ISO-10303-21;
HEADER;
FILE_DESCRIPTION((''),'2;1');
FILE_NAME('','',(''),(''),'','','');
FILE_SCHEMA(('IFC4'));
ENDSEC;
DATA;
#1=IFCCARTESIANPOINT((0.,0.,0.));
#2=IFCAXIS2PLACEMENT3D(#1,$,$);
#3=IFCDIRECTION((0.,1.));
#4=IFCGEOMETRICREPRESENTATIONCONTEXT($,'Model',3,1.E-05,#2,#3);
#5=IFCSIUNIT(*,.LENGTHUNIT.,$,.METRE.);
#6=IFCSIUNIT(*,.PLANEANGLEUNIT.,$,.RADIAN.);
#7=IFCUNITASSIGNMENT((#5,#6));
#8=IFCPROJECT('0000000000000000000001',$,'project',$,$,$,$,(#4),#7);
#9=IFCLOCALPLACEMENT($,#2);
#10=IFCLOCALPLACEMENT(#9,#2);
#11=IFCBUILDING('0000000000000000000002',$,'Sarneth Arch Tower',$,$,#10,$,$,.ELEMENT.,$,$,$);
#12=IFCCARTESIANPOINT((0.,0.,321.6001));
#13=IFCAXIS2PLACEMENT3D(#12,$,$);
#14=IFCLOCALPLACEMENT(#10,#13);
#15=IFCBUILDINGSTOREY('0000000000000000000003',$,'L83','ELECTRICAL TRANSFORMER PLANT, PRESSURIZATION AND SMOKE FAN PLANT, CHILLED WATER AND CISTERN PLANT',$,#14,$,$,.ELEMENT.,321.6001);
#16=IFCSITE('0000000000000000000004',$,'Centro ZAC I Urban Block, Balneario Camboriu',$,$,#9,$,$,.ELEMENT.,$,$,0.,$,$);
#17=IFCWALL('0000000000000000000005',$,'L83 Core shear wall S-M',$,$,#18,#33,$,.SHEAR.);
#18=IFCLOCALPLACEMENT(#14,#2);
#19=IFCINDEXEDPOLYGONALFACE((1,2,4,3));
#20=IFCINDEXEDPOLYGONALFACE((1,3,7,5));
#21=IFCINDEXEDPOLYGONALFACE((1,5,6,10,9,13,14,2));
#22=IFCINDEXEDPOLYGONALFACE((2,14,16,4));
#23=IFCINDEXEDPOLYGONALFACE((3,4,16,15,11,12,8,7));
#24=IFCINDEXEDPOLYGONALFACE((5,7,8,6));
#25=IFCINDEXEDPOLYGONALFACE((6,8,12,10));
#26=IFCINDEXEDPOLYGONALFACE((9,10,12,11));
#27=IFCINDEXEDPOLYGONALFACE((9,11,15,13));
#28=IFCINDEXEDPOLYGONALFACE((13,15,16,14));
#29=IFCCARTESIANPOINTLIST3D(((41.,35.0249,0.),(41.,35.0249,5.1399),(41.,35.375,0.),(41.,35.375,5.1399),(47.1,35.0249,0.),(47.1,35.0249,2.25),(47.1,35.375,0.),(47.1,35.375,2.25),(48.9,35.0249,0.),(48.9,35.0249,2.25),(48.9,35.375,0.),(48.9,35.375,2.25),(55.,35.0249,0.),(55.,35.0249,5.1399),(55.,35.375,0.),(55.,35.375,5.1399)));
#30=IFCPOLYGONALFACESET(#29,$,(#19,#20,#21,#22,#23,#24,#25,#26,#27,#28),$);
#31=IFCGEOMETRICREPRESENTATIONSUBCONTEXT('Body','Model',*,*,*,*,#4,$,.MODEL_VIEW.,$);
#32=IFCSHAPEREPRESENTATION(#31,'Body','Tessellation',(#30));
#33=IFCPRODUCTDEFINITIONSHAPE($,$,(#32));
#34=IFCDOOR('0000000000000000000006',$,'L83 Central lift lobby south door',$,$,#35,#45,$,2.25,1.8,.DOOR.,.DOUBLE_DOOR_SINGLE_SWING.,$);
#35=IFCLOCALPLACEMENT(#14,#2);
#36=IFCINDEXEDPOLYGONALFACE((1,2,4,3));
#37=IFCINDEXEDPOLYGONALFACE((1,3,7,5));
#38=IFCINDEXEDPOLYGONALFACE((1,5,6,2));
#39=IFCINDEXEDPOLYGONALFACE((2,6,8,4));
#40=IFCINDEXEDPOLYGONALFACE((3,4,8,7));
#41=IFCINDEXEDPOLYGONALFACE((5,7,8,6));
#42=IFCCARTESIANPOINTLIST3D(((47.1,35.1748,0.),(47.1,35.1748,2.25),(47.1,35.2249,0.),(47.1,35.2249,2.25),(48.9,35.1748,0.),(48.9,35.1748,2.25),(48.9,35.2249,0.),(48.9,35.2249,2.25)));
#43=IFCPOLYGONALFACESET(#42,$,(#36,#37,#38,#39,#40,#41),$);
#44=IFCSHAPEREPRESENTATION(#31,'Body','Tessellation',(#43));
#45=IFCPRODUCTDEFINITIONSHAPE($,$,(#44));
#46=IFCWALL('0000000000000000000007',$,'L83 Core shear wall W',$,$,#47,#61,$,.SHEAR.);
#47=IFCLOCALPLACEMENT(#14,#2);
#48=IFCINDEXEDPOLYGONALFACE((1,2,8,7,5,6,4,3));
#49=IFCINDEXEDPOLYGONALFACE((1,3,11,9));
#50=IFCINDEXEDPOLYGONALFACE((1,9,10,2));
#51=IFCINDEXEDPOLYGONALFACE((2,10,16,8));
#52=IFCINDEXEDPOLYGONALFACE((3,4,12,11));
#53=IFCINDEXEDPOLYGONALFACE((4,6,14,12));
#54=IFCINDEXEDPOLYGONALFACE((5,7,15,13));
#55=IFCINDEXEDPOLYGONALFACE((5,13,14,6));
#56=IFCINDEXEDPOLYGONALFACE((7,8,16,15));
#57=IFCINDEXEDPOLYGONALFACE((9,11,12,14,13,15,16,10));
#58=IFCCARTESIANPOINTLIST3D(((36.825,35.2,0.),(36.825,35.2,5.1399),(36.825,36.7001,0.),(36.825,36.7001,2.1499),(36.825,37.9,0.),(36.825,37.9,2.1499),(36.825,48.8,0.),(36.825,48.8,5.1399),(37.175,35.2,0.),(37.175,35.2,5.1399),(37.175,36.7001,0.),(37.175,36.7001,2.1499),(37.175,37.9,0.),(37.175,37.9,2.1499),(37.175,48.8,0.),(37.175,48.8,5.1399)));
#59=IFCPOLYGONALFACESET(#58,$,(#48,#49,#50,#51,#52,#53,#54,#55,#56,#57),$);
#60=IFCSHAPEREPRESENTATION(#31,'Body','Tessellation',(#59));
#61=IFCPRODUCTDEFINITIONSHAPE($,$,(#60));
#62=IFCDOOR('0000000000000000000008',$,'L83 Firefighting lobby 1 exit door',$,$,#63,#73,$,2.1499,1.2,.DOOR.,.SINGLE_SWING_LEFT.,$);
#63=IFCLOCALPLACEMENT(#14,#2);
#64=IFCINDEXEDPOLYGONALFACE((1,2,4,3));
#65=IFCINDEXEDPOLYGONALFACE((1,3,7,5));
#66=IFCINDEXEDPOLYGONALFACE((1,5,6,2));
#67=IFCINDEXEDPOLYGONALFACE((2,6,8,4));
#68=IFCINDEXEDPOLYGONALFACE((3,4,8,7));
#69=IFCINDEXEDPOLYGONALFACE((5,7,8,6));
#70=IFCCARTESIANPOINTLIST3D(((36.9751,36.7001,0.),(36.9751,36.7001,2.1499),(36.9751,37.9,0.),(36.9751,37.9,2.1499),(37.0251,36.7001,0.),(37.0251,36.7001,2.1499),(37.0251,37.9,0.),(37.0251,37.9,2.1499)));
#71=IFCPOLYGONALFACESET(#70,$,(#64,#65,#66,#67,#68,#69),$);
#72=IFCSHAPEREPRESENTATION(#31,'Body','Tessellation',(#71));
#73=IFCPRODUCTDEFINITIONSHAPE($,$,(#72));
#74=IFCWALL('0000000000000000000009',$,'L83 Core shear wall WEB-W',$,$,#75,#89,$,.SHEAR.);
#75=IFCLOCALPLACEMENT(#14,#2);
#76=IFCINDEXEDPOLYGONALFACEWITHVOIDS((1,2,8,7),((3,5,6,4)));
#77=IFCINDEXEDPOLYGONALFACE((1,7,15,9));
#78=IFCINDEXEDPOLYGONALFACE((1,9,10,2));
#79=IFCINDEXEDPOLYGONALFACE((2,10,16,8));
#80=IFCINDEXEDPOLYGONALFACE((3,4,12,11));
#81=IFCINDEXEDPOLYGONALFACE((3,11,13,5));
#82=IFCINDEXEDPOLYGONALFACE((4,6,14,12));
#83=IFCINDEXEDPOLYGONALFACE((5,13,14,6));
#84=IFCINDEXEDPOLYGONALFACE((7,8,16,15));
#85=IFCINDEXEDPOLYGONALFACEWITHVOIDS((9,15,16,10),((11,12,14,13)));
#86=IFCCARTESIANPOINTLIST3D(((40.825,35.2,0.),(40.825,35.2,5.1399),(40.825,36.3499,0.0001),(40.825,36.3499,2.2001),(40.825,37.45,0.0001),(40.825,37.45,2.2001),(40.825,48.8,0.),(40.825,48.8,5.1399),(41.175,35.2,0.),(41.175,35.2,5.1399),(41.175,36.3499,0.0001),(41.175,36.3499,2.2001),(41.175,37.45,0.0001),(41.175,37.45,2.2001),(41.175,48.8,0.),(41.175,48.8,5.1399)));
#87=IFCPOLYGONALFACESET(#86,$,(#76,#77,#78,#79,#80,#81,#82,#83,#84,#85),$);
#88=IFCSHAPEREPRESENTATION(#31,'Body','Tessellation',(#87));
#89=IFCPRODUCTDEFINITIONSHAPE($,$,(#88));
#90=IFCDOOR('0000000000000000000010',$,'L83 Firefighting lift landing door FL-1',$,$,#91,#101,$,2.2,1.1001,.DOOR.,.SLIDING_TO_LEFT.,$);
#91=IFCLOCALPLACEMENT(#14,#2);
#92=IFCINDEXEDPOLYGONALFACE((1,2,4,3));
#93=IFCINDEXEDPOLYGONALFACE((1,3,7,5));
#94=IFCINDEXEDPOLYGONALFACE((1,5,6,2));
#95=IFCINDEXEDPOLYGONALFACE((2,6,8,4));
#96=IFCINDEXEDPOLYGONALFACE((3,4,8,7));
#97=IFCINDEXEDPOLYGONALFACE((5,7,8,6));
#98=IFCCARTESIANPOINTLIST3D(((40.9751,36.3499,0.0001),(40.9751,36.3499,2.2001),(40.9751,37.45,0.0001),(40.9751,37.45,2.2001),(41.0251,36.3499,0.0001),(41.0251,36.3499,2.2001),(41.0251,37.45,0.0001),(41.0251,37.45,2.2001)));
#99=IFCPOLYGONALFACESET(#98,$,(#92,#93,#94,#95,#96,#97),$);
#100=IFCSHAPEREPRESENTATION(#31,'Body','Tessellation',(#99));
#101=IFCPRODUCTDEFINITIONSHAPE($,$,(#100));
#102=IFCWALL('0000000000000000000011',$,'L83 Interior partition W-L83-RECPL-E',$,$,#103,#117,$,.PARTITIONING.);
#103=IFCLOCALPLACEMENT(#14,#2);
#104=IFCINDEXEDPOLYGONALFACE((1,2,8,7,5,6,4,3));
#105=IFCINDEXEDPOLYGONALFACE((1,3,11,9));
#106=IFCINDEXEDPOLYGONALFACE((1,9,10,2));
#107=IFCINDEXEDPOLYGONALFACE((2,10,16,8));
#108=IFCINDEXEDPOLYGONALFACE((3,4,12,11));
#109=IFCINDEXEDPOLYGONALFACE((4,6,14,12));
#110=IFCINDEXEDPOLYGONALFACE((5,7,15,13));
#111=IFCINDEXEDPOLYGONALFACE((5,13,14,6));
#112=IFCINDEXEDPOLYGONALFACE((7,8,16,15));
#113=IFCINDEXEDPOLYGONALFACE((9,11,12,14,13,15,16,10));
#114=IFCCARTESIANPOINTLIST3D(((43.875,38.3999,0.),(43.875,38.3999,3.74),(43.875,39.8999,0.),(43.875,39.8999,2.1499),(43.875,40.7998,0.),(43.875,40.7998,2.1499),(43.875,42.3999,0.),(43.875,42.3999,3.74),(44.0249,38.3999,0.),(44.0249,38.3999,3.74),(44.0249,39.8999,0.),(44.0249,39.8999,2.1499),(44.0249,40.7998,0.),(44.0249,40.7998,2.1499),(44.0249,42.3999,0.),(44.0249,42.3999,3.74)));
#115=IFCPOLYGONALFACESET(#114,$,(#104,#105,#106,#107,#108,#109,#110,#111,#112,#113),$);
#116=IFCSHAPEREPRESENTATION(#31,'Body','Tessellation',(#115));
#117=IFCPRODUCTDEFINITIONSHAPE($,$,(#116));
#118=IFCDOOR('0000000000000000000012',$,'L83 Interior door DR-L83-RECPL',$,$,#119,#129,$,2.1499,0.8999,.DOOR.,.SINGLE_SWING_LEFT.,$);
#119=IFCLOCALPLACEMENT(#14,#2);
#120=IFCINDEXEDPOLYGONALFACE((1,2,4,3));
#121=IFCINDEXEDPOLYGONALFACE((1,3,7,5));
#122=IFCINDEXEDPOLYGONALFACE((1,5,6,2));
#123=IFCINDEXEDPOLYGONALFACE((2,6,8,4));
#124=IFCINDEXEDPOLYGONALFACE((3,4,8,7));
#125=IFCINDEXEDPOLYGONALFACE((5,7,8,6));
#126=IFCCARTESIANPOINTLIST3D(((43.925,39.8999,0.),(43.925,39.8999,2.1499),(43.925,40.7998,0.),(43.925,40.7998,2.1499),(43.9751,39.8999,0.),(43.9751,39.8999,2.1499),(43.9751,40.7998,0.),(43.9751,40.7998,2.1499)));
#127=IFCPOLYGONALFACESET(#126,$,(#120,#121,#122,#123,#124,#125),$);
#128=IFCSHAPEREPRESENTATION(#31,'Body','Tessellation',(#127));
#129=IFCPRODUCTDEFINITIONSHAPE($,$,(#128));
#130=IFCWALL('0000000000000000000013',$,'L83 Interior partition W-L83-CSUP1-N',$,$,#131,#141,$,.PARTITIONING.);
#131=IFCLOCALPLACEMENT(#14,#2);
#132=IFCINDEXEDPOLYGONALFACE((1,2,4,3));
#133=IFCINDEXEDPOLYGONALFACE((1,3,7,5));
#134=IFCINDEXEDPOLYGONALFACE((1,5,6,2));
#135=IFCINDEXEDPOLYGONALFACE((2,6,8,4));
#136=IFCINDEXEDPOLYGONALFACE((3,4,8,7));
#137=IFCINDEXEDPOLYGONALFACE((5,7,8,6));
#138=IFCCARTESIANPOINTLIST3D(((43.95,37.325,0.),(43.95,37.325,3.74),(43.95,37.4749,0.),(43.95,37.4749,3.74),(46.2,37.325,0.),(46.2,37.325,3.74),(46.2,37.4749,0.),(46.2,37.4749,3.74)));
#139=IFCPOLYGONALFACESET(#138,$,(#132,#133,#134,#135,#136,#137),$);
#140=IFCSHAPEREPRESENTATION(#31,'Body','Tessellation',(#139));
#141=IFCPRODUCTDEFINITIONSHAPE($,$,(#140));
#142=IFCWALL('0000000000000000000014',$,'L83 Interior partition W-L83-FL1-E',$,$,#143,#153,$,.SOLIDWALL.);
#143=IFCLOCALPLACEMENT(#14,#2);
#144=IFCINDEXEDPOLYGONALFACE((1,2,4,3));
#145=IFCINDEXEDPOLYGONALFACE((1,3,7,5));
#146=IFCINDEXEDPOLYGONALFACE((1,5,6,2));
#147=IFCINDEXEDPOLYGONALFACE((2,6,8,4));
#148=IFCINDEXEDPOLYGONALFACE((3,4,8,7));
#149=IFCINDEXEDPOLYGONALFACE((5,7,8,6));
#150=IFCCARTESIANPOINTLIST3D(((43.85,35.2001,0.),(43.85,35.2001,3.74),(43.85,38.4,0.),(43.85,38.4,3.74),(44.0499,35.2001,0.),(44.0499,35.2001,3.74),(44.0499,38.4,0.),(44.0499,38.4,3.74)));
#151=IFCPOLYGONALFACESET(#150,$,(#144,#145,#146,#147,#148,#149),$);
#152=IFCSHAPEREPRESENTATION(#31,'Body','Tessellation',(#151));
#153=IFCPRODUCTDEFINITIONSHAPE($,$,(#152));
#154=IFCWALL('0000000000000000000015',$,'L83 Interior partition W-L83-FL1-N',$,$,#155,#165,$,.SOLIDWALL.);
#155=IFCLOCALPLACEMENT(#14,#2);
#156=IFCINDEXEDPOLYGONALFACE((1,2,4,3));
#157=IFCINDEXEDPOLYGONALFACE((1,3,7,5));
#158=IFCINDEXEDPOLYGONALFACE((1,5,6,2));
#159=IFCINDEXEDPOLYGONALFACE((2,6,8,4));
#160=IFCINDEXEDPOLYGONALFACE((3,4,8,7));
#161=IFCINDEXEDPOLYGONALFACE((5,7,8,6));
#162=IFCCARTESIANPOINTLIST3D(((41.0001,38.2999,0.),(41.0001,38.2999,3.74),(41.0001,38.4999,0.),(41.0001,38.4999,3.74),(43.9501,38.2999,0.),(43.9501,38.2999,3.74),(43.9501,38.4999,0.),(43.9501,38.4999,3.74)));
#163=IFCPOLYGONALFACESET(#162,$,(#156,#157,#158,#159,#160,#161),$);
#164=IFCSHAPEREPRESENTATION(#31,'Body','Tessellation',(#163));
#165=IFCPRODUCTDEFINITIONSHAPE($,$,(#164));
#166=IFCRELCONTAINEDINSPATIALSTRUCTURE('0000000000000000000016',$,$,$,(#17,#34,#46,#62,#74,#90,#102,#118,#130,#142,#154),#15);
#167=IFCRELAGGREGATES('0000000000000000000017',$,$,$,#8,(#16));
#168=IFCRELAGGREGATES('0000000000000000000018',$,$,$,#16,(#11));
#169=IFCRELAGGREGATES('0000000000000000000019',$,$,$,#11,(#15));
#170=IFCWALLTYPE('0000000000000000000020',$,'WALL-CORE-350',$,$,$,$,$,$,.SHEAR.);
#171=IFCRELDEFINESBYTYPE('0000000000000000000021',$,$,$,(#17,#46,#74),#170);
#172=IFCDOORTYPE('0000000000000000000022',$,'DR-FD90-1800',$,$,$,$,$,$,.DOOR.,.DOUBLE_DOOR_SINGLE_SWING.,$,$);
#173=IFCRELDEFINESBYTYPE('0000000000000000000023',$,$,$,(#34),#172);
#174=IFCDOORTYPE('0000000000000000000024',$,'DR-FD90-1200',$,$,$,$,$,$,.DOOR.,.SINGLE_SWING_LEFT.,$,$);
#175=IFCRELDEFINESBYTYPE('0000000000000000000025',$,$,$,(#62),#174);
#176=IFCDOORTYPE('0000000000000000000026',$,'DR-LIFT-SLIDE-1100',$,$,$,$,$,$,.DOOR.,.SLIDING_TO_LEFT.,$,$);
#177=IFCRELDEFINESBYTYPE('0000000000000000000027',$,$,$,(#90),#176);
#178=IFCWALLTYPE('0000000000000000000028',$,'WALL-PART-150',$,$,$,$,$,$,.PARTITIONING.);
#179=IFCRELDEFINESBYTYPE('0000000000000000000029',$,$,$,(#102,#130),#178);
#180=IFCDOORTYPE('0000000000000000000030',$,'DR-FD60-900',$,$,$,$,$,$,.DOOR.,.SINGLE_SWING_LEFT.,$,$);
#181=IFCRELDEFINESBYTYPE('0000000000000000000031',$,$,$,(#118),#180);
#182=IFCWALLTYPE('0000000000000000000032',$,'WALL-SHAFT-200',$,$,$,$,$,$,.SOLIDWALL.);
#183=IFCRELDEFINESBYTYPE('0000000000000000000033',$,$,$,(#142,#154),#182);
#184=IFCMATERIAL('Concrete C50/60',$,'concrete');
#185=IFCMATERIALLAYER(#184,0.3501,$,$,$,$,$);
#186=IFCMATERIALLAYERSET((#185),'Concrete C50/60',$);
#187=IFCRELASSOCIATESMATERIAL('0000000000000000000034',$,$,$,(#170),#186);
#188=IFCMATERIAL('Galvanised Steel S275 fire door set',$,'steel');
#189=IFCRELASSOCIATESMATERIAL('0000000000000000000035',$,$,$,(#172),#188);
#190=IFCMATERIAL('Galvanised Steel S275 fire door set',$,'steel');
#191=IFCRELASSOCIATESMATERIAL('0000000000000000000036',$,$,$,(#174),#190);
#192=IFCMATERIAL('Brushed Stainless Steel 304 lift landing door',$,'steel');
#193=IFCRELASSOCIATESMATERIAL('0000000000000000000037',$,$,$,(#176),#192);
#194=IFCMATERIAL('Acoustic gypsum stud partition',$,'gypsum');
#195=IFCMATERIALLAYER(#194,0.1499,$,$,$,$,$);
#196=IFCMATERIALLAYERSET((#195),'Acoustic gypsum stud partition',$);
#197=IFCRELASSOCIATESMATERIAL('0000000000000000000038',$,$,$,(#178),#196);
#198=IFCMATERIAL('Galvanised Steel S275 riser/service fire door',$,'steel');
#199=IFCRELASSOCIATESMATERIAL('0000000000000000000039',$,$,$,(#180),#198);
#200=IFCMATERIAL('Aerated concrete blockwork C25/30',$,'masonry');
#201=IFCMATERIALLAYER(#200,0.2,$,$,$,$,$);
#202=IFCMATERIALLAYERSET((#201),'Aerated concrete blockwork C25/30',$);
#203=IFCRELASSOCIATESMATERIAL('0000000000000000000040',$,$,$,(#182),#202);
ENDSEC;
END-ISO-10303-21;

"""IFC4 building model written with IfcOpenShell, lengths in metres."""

from ifc_helpers import new_model, si_unit, direction, frame, frame_2d, origin, place, context, subcontext, project, spatial, rectangle, extrude, material, layer, layer_set, type_object, element, fill, save


model = new_model("IFC4")

# Units and contexts
model_context = context("Model", 3, precision=1e-05, world=origin(), true_north=direction((0.0, 1.0)))
body_context = subcontext(model_context, "Body", "Model", "MODEL_VIEW")
ifc_project = project(units=[si_unit("LENGTHUNIT", "METRE"), si_unit("PLANEANGLEUNIT", "RADIAN")], contexts=[model_context])

# Site, building, storey
site_placement = place(None, origin())
site = spatial("IfcSite", under=ifc_project, at=site_placement, Name="Centro ZAC I Urban Block, Balneario Camboriu", CompositionType="ELEMENT", RefElevation=0.0)
building_placement = place(site_placement, origin())
building = spatial("IfcBuilding", under=site, at=building_placement, Name="Sarneth Arch Tower", CompositionType="ELEMENT")
storey_placement = place(building_placement, frame((0.0, 0.0, 321.6001)))
storey = spatial("IfcBuildingStorey", under=building, at=storey_placement, Name="L83", Description="ELECTRICAL TRANSFORMER PLANT, PRESSURIZATION AND SMOKE FAN PLANT, CHILLED WATER AND CISTERN PLANT", CompositionType="ELEMENT", Elevation=321.6001)

# Walls, openings, doors
ifc_material_1 = material(Name="Concrete C50/60", Category="concrete")
ifc_layer_1 = layer(ifc_material_1, 0.3501)
ifc_layer_set_1 = layer_set([ifc_layer_1], Name="Concrete C50/60")
wall_type_1 = type_object("IfcWallType", Name="WALL-CORE-350", PredefinedType="SHEAR", material=ifc_layer_set_1)
wall_1_placement = place(storey_placement, frame((41.0, 35.2, 0.0), z_axis=(0.0, 0.0, 1.0), x_axis=(1.0, 0.0, 0.0)))
wall_1 = element("IfcWall", 1, at=wall_1_placement, inside=storey, type_object=wall_type_1, Name="L83 Core shear wall S-M", PredefinedType="SHEAR", context=body_context, shape_type="SweptSolid", body=[
    extrude(rectangle(XDim=14.0, YDim=0.3501, at=frame_2d((7.0, 0.0))), origin(), (0.0, 0.0, 1.0), 5.1399),
])
opening_1_placement = place(wall_1_placement, frame((6.1001, 0.0, 0.0)))
opening_1 = element("IfcOpeningElement", 2, at=opening_1_placement, cuts=wall_1, PredefinedType="OPENING", context=body_context, shape_type="SweptSolid", body=[
    extrude(rectangle(XDim=1.8, YDim=2.25, at=frame_2d((0.8999, 1.125))), frame((0.0, 0.1851, 0.0), z_axis=(0.0, -1.0, 0.0), x_axis=(1.0, 0.0, 0.0)), (0.0, 0.0, 1.0), 0.3701),
])
ifc_material_2 = material(Name="Galvanised Steel S275 fire door set", Category="steel")
door_type_1 = type_object("IfcDoorType", Name="DR-FD90-1800", OperationType="DOUBLE_DOOR_SINGLE_SWING", PredefinedType="DOOR", material=ifc_material_2)
door_1_placement = place(opening_1_placement, origin())
door_1 = element("IfcDoor", 3, at=door_1_placement, inside=storey, type_object=door_type_1, Name="L83 Central lift lobby south door", OperationType="DOUBLE_DOOR_SINGLE_SWING", OverallHeight=2.25, OverallWidth=1.8, PredefinedType="DOOR", context=body_context, shape_type="SweptSolid", body=[
    extrude(rectangle(XDim=1.8, YDim=2.25, at=frame_2d((0.8999, 1.125))), frame((0.0, 0.0249, 0.0), z_axis=(0.0, -1.0, 0.0), x_axis=(1.0, 0.0, 0.0)), (0.0, 0.0, 1.0), 0.05),
])
fill(opening_1, door_1)
wall_2_placement = place(storey_placement, frame((37.0, 35.2, 0.0), z_axis=(0.0, 0.0, 1.0), x_axis=(0.0, 1.0, 0.0)))
wall_2 = element("IfcWall", 4, at=wall_2_placement, inside=storey, type_object=wall_type_1, Name="L83 Core shear wall W", PredefinedType="SHEAR", context=body_context, shape_type="SweptSolid", body=[
    extrude(rectangle(XDim=13.6001, YDim=0.3501, at=frame_2d((6.8, 0.0))), origin(), (0.0, 0.0, 1.0), 5.1399),
])
opening_2_placement = place(wall_2_placement, frame((1.5, 0.0, 0.0)))
opening_2 = element("IfcOpeningElement", 5, at=opening_2_placement, cuts=wall_2, PredefinedType="OPENING", context=body_context, shape_type="SweptSolid", body=[
    extrude(rectangle(XDim=1.2, YDim=2.1499, at=frame_2d((0.6001, 1.075))), frame((0.0, 0.1851, 0.0), z_axis=(0.0, -1.0, 0.0), x_axis=(1.0, 0.0, 0.0)), (0.0, 0.0, 1.0), 0.3701),
])
ifc_material_3 = material(Name="Galvanised Steel S275 fire door set", Category="steel")
door_type_2 = type_object("IfcDoorType", Name="DR-FD90-1200", OperationType="SINGLE_SWING_LEFT", PredefinedType="DOOR", material=ifc_material_3)
door_2_placement = place(opening_2_placement, origin())
door_2 = element("IfcDoor", 6, at=door_2_placement, inside=storey, type_object=door_type_2, Name="L83 Firefighting lobby 1 exit door", OperationType="SINGLE_SWING_LEFT", OverallHeight=2.1499, OverallWidth=1.2, PredefinedType="DOOR", context=body_context, shape_type="SweptSolid", body=[
    extrude(rectangle(XDim=1.2, YDim=2.1499, at=frame_2d((0.6001, 1.075))), frame((0.0, 0.0249, 0.0), z_axis=(0.0, -1.0, 0.0), x_axis=(1.0, 0.0, 0.0)), (0.0, 0.0, 1.0), 0.05),
])
fill(opening_2, door_2)
wall_3_placement = place(storey_placement, frame((41.0, 35.2, 0.0), z_axis=(0.0, 0.0, 1.0), x_axis=(0.0, 1.0, 0.0)))
wall_3 = element("IfcWall", 7, at=wall_3_placement, inside=storey, type_object=wall_type_1, Name="L83 Core shear wall WEB-W", PredefinedType="SHEAR", context=body_context, shape_type="SweptSolid", body=[
    extrude(rectangle(XDim=13.6001, YDim=0.3501, at=frame_2d((6.8, 0.0))), origin(), (0.0, 0.0, 1.0), 5.1399),
])
opening_3_placement = place(wall_3_placement, frame((1.1499, 0.0, 0.0)))
opening_3 = element("IfcOpeningElement", 8, at=opening_3_placement, cuts=wall_3, PredefinedType="OPENING", context=body_context, shape_type="SweptSolid", body=[
    extrude(rectangle(XDim=1.1001, YDim=2.2, at=frame_2d((0.55, 1.1001))), frame((0.0, 0.1851, 0.0), z_axis=(0.0, -1.0, 0.0), x_axis=(1.0, 0.0, 0.0)), (0.0, 0.0, 1.0), 0.3701),
])
ifc_material_4 = material(Name="Brushed Stainless Steel 304 lift landing door", Category="steel")
door_type_3 = type_object("IfcDoorType", Name="DR-LIFT-SLIDE-1100", OperationType="SLIDING_TO_LEFT", PredefinedType="DOOR", material=ifc_material_4)
door_3_placement = place(opening_3_placement, origin())
door_3 = element("IfcDoor", 9, at=door_3_placement, inside=storey, type_object=door_type_3, Name="L83 Firefighting lift landing door FL-1", OperationType="SLIDING_TO_LEFT", OverallHeight=2.2, OverallWidth=1.1001, PredefinedType="DOOR", context=body_context, shape_type="SweptSolid", body=[
    extrude(rectangle(XDim=1.1001, YDim=2.2, at=frame_2d((0.55, 1.1001))), frame((0.0, 0.0249, 0.0), z_axis=(0.0, -1.0, 0.0), x_axis=(1.0, 0.0, 0.0)), (0.0, 0.0, 1.0), 0.05),
])
fill(opening_3, door_3)
ifc_material_5 = material(Name="Acoustic gypsum stud partition", Category="gypsum")
ifc_layer_2 = layer(ifc_material_5, 0.1499)
ifc_layer_set_2 = layer_set([ifc_layer_2], Name="Acoustic gypsum stud partition")
wall_type_2 = type_object("IfcWallType", Name="WALL-PART-150", PredefinedType="PARTITIONING", material=ifc_layer_set_2)
wall_4_placement = place(storey_placement, frame((43.95, 38.3999, 0.0), z_axis=(0.0, 0.0, 1.0), x_axis=(0.0, 1.0, 0.0)))
wall_4 = element("IfcWall", 10, at=wall_4_placement, inside=storey, type_object=wall_type_2, Name="L83 Interior partition W-L83-RECPL-E", PredefinedType="PARTITIONING", context=body_context, shape_type="SweptSolid", body=[
    extrude(rectangle(XDim=4.0, YDim=0.1499, at=frame_2d((2.0, 0.0))), origin(), (0.0, 0.0, 1.0), 3.74),
])
opening_4_placement = place(wall_4_placement, frame((1.5, 0.0, 0.0)))
opening_4 = element("IfcOpeningElement", 11, at=opening_4_placement, cuts=wall_4, PredefinedType="OPENING", context=body_context, shape_type="SweptSolid", body=[
    extrude(rectangle(XDim=0.8999, YDim=2.1499, at=frame_2d((0.45, 1.075))), frame((0.0, 0.085, 0.0), z_axis=(0.0, -1.0, 0.0), x_axis=(1.0, 0.0, 0.0)), (0.0, 0.0, 1.0), 0.1699),
])
ifc_material_6 = material(Name="Galvanised Steel S275 riser/service fire door", Category="steel")
door_type_4 = type_object("IfcDoorType", Name="DR-FD60-900", OperationType="SINGLE_SWING_LEFT", PredefinedType="DOOR", material=ifc_material_6)
door_4_placement = place(opening_4_placement, origin())
door_4 = element("IfcDoor", 12, at=door_4_placement, inside=storey, type_object=door_type_4, Name="L83 Interior door DR-L83-RECPL", OperationType="SINGLE_SWING_LEFT", OverallHeight=2.1499, OverallWidth=0.8999, PredefinedType="DOOR", context=body_context, shape_type="SweptSolid", body=[
    extrude(rectangle(XDim=0.8999, YDim=2.1499, at=frame_2d((0.45, 1.075))), frame((0.0, 0.0249, 0.0), z_axis=(0.0, -1.0, 0.0), x_axis=(1.0, 0.0, 0.0)), (0.0, 0.0, 1.0), 0.05),
])
fill(opening_4, door_4)

# Wall
wall_5_placement = place(storey_placement, frame((43.95, 37.3999, 0.0), z_axis=(0.0, 0.0, 1.0), x_axis=(1.0, 0.0, 0.0)))
element("IfcWall", 13, at=wall_5_placement, inside=storey, type_object=wall_type_2, Name="L83 Interior partition W-L83-CSUP1-N", PredefinedType="PARTITIONING", context=body_context, shape_type="SweptSolid", body=[
    extrude(rectangle(XDim=2.25, YDim=0.1499, at=frame_2d((1.125, 0.0))), origin(), (0.0, 0.0, 1.0), 3.74),
])

# Shared definitions
ifc_material_7 = material(Name="Aerated concrete blockwork C25/30", Category="masonry")
ifc_layer_3 = layer(ifc_material_7, 0.2)
ifc_layer_set_3 = layer_set([ifc_layer_3], Name="Aerated concrete blockwork C25/30")
wall_type_3 = type_object("IfcWallType", Name="WALL-SHAFT-200", PredefinedType="SOLIDWALL", material=ifc_layer_set_3)

# Walls
wall_6_placement = place(storey_placement, frame((43.95, 35.2, 0.0), z_axis=(0.0, 0.0, 1.0), x_axis=(0.0, 1.0, 0.0)))
element("IfcWall", 14, at=wall_6_placement, inside=storey, type_object=wall_type_3, Name="L83 Interior partition W-L83-FL1-E", PredefinedType="SOLIDWALL", context=body_context, shape_type="SweptSolid", body=[
    extrude(rectangle(XDim=3.2, YDim=0.2, at=frame_2d((1.6001, 0.0))), origin(), (0.0, 0.0, 1.0), 3.74),
])
wall_7_placement = place(storey_placement, frame((41.0, 38.3999, 0.0), z_axis=(0.0, 0.0, 1.0), x_axis=(1.0, 0.0, 0.0)))
element("IfcWall", 15, at=wall_7_placement, inside=storey, type_object=wall_type_3, Name="L83 Interior partition W-L83-FL1-N", PredefinedType="SOLIDWALL", context=body_context, shape_type="SweptSolid", body=[
    extrude(rectangle(XDim=2.95, YDim=0.2, at=frame_2d((1.4751, 0.0))), origin(), (0.0, 0.0, 1.0), 3.74),
])

save(model, "model.ifc")
